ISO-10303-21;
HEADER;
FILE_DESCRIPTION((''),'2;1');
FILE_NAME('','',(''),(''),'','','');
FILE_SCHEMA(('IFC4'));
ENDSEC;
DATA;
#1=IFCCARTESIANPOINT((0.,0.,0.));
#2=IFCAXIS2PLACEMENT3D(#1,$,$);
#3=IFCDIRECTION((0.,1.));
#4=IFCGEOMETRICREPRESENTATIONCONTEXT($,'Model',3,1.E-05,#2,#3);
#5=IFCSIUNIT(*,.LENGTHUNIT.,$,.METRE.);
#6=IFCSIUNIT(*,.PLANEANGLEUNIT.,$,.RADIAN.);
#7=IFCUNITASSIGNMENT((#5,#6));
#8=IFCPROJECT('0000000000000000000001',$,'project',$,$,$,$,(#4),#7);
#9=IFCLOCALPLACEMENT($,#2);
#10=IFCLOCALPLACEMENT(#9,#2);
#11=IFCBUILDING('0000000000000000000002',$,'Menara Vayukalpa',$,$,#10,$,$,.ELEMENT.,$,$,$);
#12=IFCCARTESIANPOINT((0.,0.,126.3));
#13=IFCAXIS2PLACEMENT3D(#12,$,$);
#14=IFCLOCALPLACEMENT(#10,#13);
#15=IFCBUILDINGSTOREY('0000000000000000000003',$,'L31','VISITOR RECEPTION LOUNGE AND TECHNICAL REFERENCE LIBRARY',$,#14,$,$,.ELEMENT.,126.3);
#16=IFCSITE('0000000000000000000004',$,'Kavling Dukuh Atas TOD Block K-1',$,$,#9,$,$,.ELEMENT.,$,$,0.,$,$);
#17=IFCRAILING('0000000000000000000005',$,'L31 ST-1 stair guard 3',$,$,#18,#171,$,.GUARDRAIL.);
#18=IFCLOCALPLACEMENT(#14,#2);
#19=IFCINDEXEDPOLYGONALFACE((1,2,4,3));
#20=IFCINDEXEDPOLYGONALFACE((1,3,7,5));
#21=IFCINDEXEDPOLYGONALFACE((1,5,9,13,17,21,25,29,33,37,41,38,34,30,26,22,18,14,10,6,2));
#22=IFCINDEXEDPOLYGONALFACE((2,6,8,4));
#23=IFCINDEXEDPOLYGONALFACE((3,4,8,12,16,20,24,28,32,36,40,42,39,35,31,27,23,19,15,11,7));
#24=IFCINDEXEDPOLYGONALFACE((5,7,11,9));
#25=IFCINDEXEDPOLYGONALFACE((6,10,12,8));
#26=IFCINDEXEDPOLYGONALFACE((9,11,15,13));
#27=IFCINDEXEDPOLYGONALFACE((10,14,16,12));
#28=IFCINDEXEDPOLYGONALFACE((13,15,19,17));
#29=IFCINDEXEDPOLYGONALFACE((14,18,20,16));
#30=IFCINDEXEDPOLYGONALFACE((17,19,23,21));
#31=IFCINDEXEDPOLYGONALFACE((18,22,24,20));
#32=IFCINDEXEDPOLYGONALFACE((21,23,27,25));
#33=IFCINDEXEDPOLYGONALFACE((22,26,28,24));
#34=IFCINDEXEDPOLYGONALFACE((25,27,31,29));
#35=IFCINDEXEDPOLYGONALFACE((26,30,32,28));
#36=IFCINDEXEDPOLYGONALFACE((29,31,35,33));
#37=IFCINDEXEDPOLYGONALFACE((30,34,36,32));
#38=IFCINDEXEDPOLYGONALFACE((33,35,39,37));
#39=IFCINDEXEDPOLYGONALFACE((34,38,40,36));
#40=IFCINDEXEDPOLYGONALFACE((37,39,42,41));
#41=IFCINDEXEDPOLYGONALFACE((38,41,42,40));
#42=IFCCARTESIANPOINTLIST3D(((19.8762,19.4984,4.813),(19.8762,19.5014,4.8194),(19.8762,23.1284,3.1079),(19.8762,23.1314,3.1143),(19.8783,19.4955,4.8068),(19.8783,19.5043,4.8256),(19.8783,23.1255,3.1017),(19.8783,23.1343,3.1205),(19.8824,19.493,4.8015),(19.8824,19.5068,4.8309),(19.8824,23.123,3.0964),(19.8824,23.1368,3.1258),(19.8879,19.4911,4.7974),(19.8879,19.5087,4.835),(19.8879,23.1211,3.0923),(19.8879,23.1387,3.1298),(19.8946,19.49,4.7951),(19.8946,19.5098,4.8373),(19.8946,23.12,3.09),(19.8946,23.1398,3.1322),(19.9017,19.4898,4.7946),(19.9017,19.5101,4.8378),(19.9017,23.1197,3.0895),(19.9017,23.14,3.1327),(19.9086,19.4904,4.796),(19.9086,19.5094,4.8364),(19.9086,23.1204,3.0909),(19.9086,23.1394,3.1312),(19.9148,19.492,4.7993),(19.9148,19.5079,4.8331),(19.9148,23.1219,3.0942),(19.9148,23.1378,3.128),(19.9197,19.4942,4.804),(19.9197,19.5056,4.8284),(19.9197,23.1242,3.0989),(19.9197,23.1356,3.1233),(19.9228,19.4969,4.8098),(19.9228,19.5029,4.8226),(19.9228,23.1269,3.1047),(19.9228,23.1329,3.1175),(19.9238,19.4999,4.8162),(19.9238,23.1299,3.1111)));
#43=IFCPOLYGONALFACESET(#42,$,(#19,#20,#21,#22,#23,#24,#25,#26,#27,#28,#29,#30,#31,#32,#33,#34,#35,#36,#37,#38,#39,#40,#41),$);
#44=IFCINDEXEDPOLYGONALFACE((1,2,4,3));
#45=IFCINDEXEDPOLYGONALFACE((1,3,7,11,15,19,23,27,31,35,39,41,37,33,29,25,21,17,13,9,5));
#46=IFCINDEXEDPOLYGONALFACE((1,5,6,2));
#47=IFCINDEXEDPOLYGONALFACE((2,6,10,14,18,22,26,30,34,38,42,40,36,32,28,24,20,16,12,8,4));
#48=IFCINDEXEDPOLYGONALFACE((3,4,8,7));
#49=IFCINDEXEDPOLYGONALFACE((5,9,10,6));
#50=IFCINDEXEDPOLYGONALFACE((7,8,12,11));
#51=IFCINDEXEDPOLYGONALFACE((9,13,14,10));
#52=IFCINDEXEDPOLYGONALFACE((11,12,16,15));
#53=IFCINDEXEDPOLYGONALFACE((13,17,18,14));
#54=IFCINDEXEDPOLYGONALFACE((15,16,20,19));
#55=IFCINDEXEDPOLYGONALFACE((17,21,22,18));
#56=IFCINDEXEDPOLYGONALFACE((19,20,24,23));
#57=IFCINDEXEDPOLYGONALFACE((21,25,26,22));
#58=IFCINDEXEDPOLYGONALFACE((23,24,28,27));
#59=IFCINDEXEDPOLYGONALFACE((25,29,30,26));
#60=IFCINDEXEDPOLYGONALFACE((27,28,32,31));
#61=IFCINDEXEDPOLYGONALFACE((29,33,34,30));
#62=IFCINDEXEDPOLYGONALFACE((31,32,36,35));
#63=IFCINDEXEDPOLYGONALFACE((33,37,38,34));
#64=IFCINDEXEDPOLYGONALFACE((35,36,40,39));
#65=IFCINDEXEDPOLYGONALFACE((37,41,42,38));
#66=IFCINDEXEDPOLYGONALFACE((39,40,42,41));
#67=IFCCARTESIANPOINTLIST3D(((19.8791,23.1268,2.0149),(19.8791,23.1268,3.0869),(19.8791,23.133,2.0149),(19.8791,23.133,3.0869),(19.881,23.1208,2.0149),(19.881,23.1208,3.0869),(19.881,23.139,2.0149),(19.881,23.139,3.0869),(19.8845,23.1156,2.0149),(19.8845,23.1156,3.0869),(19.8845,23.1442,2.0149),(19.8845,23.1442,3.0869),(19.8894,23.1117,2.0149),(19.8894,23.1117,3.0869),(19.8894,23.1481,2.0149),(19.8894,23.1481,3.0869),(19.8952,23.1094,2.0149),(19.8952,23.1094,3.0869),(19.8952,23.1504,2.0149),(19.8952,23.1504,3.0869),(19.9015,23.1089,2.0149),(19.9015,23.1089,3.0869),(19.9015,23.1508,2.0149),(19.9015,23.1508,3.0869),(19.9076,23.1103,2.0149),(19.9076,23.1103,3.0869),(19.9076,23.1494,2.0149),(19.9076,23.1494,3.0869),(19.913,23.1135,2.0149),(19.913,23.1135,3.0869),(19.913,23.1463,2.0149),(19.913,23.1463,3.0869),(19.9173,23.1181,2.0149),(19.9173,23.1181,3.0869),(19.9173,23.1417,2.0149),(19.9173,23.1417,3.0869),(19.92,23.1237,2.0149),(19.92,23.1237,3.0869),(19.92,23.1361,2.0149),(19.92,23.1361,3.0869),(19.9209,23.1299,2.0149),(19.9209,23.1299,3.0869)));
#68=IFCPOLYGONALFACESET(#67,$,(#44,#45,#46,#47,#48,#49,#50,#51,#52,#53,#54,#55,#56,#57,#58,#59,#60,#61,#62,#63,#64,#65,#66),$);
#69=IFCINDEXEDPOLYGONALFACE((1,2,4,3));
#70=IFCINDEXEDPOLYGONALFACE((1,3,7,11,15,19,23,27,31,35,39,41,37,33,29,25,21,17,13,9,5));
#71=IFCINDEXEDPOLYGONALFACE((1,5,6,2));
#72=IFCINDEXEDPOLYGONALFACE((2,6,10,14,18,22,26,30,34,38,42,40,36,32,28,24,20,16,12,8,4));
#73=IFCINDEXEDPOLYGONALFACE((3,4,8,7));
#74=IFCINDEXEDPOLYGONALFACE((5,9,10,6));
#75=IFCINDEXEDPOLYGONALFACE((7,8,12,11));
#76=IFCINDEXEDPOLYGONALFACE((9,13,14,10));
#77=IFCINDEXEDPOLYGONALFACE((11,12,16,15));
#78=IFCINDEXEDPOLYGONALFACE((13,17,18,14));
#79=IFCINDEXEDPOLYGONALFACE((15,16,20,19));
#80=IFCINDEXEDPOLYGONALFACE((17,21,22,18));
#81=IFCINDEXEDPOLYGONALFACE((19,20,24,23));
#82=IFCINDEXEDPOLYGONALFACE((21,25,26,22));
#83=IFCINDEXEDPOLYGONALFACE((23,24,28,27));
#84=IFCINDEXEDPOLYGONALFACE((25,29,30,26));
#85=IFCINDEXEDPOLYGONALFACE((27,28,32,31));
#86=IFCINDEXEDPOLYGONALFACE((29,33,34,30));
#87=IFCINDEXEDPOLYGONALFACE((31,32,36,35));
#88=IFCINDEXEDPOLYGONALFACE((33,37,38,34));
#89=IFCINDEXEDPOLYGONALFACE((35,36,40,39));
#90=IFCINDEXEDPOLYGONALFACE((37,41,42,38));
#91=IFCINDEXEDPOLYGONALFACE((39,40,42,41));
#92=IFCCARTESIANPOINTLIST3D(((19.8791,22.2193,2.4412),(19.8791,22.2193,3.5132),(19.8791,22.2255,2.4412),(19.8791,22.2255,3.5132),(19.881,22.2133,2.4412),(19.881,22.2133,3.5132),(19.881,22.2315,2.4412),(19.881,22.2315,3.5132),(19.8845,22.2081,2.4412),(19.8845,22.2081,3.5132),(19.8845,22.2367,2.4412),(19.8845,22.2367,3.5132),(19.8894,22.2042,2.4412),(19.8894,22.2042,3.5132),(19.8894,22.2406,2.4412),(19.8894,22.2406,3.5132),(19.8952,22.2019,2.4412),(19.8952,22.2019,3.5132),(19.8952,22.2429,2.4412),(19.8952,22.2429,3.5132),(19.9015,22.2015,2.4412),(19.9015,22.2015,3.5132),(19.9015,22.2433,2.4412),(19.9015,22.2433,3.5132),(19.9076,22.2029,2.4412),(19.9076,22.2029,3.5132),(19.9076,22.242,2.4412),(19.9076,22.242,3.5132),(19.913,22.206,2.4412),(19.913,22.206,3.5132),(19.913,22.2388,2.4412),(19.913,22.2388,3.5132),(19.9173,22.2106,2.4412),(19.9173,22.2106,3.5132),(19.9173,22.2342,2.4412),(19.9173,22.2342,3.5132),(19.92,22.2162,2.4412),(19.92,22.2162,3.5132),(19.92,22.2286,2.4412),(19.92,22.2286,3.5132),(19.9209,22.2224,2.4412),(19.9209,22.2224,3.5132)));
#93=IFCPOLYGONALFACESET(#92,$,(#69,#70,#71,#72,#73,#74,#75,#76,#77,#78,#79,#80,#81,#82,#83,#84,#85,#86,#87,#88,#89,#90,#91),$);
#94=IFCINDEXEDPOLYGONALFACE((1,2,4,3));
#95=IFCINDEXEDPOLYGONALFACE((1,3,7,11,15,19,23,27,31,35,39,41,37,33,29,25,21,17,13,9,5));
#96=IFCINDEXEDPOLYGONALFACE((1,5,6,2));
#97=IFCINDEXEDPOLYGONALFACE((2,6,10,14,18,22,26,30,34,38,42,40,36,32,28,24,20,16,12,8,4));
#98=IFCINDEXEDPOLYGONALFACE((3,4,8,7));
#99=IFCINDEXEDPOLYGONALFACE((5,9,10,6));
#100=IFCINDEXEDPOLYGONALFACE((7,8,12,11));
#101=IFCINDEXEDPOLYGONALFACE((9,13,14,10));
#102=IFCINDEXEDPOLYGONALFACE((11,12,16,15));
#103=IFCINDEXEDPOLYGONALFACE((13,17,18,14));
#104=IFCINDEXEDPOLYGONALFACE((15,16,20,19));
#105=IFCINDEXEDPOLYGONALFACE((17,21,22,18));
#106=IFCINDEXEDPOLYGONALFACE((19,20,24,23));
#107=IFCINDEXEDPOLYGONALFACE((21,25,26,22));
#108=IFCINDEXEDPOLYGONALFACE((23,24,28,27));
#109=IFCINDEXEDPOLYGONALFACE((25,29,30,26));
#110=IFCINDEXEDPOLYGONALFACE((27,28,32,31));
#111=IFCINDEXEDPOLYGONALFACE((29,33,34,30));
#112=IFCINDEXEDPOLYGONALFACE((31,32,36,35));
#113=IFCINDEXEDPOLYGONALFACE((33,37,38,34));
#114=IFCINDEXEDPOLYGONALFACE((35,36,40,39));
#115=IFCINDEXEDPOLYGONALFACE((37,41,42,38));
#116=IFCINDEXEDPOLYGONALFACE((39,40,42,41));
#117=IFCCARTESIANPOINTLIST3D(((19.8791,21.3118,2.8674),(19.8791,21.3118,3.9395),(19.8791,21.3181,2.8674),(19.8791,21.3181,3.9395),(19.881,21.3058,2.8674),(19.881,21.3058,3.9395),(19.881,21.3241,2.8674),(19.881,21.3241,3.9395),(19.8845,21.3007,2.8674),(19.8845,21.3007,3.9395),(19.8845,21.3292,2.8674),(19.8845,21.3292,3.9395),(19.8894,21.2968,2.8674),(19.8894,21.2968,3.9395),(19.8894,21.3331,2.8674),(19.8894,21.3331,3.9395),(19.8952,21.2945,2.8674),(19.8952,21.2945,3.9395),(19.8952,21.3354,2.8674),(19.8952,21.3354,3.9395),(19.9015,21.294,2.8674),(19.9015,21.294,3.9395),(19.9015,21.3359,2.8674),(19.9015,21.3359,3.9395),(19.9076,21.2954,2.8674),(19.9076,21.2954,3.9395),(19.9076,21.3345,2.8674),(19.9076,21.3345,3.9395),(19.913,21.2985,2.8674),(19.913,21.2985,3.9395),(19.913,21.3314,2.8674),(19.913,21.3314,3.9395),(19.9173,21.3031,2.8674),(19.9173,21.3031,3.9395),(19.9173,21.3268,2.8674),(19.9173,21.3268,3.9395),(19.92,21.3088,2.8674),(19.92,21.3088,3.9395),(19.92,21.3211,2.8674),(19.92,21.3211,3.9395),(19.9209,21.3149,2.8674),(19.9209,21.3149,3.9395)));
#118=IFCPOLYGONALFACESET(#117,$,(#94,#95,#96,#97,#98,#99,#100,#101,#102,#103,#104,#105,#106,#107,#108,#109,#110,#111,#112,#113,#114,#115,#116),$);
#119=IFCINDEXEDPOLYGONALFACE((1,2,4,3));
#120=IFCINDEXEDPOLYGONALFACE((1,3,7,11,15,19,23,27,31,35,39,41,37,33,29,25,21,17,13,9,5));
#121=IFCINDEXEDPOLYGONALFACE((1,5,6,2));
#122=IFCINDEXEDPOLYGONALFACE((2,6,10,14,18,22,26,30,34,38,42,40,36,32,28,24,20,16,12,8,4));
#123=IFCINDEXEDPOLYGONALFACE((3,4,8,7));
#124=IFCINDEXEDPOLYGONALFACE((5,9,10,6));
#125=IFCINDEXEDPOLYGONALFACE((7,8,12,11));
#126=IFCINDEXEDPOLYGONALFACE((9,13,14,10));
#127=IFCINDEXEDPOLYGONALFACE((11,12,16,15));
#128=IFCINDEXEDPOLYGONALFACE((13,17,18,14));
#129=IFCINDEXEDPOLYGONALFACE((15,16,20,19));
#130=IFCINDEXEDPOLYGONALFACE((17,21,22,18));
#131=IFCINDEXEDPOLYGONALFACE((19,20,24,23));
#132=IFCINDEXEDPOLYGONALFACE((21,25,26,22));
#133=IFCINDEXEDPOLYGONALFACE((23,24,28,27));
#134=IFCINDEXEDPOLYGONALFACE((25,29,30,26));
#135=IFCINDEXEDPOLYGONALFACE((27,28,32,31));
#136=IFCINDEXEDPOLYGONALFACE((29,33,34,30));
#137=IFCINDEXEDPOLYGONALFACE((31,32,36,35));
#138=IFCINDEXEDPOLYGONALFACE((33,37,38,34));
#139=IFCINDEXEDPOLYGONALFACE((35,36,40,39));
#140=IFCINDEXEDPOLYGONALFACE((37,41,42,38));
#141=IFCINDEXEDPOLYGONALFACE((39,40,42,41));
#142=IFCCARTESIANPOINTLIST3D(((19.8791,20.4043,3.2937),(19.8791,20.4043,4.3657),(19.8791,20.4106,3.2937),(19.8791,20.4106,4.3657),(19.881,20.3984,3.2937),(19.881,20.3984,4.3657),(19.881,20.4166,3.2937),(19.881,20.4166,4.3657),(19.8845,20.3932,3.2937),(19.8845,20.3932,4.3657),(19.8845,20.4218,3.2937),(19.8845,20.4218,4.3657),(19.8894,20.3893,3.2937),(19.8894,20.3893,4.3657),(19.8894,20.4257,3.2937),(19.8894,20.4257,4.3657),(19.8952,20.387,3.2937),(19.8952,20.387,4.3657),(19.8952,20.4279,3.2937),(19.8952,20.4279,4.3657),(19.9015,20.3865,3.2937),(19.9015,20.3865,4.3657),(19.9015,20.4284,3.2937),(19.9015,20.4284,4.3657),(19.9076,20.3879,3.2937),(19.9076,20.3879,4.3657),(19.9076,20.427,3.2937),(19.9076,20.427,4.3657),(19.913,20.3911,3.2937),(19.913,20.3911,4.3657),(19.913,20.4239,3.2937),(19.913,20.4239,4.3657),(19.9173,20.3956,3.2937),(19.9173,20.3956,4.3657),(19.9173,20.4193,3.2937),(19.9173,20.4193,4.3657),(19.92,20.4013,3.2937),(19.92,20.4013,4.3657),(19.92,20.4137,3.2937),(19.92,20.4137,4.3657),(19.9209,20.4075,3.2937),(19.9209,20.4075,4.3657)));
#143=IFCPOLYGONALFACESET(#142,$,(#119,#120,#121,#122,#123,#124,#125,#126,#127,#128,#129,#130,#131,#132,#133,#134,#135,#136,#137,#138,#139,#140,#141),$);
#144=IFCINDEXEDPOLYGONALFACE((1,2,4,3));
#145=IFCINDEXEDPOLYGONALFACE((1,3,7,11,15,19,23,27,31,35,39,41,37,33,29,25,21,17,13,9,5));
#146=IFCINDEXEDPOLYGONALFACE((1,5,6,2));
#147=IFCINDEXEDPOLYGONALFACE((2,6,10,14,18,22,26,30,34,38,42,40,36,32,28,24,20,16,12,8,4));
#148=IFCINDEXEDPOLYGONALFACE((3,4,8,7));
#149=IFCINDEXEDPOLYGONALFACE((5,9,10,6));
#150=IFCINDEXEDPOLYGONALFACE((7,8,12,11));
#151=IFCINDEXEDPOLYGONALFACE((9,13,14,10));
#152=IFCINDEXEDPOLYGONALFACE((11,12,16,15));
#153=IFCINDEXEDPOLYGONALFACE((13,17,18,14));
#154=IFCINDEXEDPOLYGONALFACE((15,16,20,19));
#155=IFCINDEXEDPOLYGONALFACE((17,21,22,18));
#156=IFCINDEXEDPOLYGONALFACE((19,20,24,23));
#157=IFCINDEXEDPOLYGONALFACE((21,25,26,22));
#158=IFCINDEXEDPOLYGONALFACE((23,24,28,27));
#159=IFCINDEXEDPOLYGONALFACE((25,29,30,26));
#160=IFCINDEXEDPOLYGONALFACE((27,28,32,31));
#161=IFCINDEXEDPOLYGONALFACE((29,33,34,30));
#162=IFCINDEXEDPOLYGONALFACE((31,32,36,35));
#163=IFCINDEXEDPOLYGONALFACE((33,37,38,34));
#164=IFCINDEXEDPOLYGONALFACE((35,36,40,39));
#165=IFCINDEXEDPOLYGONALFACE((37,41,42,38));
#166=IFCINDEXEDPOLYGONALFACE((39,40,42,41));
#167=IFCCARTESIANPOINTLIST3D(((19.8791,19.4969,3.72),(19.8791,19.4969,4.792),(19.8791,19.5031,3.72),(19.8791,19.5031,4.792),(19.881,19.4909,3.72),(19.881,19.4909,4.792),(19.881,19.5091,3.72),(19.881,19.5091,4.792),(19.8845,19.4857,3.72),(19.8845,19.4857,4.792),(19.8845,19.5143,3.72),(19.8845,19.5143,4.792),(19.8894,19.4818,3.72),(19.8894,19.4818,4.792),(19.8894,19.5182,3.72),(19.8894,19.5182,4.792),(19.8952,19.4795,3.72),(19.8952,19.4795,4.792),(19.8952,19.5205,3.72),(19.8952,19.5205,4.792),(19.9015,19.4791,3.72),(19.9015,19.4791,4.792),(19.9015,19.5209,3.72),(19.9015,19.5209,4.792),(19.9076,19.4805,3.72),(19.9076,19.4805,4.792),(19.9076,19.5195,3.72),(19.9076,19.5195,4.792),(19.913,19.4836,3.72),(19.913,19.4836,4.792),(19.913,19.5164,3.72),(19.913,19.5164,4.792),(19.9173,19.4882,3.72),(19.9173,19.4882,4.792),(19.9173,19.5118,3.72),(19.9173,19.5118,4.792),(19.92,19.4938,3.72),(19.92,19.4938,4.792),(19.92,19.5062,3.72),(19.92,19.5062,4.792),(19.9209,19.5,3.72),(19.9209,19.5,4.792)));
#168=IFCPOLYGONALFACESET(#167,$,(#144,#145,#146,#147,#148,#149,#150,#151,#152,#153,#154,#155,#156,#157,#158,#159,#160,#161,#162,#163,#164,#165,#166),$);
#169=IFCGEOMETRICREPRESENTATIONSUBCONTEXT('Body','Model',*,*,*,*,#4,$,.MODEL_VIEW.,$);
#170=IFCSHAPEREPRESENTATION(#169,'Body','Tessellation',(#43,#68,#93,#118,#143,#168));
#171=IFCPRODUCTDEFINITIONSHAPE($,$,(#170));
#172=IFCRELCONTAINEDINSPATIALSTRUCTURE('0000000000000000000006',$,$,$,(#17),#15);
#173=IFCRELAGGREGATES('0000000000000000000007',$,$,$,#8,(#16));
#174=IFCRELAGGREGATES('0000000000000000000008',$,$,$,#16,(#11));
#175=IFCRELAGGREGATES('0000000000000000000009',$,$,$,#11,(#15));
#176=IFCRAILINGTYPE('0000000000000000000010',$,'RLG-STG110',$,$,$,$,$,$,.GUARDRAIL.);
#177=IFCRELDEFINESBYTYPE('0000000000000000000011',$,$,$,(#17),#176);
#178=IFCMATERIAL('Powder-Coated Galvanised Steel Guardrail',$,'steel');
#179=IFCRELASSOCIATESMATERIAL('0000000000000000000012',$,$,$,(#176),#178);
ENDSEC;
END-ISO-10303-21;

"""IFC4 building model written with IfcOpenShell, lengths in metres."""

from ifc_helpers import new_model, si_unit, direction, frame, origin, origin_2d, place, context, subcontext, project, spatial, circle, extrude, material, type_object, element, save


model = new_model("IFC4")

# Units and contexts
model_context = context("Model", 3, precision=1e-05, world=origin(), true_north=direction((0.0, 1.0)))
body_context = subcontext(model_context, "Body", "Model", "MODEL_VIEW")
ifc_project = project(units=[si_unit("LENGTHUNIT", "METRE"), si_unit("PLANEANGLEUNIT", "RADIAN")], contexts=[model_context])

# Site, building, storey
site_placement = place(None, origin())
site = spatial("IfcSite", under=ifc_project, at=site_placement, Name="Kavling Dukuh Atas TOD Block K-1", CompositionType="ELEMENT", RefElevation=0.0)
building_placement = place(site_placement, origin())
building = spatial("IfcBuilding", under=site, at=building_placement, Name="Menara Vayukalpa", CompositionType="ELEMENT")
storey_placement = place(building_placement, frame((0.0, 0.0, 126.3)))
storey = spatial("IfcBuildingStorey", under=building, at=storey_placement, Name="L31", Description="VISITOR RECEPTION LOUNGE AND TECHNICAL REFERENCE LIBRARY", CompositionType="ELEMENT", Elevation=126.3)

# Railing
ifc_material_1 = material(Name="Powder-Coated Galvanised Steel Guardrail", Category="steel")
railing_type_1 = type_object("IfcRailingType", Name="RLG-STG110", PredefinedType="GUARDRAIL", material=ifc_material_1)
railing_1_placement = place(storey_placement, frame((19.8999, 23.1299, 2.0149)))
element("IfcRailing", 1, at=railing_1_placement, inside=storey, type_object=railing_type_1, Name="L31 ST-1 stair guard 3", PredefinedType="GUARDRAIL", context=body_context, shape_type="SweptSolid", body=[
    extrude(circle(Radius=0.0239, at=origin_2d()), frame((0.0, 0.0, 1.0962), z_axis=(0.0, -0.905116, 0.425164), x_axis=(1.0, 0.0, 0.0)), (0.0, 0.0, 1.0), 4.0105),
    extrude(circle(Radius=0.021, at=origin_2d()), origin(), (0.0, 0.0, 1.0), 1.072),
    extrude(circle(Radius=0.021, at=origin_2d()), frame((0.0, -0.9075, 0.4263)), (0.0, 0.0, 1.0), 1.072),
    extrude(circle(Radius=0.021, at=origin_2d()), frame((0.0, -1.8149, 0.8525)), (0.0, 0.0, 1.0), 1.072),
    extrude(circle(Radius=0.021, at=origin_2d()), frame((0.0, -2.7224, 1.2788)), (0.0, 0.0, 1.0), 1.072),
    extrude(circle(Radius=0.021, at=origin_2d()), frame((0.0, -3.6299, 1.7051)), (0.0, 0.0, 1.0), 1.072),
])

save(model, "model.ifc")
